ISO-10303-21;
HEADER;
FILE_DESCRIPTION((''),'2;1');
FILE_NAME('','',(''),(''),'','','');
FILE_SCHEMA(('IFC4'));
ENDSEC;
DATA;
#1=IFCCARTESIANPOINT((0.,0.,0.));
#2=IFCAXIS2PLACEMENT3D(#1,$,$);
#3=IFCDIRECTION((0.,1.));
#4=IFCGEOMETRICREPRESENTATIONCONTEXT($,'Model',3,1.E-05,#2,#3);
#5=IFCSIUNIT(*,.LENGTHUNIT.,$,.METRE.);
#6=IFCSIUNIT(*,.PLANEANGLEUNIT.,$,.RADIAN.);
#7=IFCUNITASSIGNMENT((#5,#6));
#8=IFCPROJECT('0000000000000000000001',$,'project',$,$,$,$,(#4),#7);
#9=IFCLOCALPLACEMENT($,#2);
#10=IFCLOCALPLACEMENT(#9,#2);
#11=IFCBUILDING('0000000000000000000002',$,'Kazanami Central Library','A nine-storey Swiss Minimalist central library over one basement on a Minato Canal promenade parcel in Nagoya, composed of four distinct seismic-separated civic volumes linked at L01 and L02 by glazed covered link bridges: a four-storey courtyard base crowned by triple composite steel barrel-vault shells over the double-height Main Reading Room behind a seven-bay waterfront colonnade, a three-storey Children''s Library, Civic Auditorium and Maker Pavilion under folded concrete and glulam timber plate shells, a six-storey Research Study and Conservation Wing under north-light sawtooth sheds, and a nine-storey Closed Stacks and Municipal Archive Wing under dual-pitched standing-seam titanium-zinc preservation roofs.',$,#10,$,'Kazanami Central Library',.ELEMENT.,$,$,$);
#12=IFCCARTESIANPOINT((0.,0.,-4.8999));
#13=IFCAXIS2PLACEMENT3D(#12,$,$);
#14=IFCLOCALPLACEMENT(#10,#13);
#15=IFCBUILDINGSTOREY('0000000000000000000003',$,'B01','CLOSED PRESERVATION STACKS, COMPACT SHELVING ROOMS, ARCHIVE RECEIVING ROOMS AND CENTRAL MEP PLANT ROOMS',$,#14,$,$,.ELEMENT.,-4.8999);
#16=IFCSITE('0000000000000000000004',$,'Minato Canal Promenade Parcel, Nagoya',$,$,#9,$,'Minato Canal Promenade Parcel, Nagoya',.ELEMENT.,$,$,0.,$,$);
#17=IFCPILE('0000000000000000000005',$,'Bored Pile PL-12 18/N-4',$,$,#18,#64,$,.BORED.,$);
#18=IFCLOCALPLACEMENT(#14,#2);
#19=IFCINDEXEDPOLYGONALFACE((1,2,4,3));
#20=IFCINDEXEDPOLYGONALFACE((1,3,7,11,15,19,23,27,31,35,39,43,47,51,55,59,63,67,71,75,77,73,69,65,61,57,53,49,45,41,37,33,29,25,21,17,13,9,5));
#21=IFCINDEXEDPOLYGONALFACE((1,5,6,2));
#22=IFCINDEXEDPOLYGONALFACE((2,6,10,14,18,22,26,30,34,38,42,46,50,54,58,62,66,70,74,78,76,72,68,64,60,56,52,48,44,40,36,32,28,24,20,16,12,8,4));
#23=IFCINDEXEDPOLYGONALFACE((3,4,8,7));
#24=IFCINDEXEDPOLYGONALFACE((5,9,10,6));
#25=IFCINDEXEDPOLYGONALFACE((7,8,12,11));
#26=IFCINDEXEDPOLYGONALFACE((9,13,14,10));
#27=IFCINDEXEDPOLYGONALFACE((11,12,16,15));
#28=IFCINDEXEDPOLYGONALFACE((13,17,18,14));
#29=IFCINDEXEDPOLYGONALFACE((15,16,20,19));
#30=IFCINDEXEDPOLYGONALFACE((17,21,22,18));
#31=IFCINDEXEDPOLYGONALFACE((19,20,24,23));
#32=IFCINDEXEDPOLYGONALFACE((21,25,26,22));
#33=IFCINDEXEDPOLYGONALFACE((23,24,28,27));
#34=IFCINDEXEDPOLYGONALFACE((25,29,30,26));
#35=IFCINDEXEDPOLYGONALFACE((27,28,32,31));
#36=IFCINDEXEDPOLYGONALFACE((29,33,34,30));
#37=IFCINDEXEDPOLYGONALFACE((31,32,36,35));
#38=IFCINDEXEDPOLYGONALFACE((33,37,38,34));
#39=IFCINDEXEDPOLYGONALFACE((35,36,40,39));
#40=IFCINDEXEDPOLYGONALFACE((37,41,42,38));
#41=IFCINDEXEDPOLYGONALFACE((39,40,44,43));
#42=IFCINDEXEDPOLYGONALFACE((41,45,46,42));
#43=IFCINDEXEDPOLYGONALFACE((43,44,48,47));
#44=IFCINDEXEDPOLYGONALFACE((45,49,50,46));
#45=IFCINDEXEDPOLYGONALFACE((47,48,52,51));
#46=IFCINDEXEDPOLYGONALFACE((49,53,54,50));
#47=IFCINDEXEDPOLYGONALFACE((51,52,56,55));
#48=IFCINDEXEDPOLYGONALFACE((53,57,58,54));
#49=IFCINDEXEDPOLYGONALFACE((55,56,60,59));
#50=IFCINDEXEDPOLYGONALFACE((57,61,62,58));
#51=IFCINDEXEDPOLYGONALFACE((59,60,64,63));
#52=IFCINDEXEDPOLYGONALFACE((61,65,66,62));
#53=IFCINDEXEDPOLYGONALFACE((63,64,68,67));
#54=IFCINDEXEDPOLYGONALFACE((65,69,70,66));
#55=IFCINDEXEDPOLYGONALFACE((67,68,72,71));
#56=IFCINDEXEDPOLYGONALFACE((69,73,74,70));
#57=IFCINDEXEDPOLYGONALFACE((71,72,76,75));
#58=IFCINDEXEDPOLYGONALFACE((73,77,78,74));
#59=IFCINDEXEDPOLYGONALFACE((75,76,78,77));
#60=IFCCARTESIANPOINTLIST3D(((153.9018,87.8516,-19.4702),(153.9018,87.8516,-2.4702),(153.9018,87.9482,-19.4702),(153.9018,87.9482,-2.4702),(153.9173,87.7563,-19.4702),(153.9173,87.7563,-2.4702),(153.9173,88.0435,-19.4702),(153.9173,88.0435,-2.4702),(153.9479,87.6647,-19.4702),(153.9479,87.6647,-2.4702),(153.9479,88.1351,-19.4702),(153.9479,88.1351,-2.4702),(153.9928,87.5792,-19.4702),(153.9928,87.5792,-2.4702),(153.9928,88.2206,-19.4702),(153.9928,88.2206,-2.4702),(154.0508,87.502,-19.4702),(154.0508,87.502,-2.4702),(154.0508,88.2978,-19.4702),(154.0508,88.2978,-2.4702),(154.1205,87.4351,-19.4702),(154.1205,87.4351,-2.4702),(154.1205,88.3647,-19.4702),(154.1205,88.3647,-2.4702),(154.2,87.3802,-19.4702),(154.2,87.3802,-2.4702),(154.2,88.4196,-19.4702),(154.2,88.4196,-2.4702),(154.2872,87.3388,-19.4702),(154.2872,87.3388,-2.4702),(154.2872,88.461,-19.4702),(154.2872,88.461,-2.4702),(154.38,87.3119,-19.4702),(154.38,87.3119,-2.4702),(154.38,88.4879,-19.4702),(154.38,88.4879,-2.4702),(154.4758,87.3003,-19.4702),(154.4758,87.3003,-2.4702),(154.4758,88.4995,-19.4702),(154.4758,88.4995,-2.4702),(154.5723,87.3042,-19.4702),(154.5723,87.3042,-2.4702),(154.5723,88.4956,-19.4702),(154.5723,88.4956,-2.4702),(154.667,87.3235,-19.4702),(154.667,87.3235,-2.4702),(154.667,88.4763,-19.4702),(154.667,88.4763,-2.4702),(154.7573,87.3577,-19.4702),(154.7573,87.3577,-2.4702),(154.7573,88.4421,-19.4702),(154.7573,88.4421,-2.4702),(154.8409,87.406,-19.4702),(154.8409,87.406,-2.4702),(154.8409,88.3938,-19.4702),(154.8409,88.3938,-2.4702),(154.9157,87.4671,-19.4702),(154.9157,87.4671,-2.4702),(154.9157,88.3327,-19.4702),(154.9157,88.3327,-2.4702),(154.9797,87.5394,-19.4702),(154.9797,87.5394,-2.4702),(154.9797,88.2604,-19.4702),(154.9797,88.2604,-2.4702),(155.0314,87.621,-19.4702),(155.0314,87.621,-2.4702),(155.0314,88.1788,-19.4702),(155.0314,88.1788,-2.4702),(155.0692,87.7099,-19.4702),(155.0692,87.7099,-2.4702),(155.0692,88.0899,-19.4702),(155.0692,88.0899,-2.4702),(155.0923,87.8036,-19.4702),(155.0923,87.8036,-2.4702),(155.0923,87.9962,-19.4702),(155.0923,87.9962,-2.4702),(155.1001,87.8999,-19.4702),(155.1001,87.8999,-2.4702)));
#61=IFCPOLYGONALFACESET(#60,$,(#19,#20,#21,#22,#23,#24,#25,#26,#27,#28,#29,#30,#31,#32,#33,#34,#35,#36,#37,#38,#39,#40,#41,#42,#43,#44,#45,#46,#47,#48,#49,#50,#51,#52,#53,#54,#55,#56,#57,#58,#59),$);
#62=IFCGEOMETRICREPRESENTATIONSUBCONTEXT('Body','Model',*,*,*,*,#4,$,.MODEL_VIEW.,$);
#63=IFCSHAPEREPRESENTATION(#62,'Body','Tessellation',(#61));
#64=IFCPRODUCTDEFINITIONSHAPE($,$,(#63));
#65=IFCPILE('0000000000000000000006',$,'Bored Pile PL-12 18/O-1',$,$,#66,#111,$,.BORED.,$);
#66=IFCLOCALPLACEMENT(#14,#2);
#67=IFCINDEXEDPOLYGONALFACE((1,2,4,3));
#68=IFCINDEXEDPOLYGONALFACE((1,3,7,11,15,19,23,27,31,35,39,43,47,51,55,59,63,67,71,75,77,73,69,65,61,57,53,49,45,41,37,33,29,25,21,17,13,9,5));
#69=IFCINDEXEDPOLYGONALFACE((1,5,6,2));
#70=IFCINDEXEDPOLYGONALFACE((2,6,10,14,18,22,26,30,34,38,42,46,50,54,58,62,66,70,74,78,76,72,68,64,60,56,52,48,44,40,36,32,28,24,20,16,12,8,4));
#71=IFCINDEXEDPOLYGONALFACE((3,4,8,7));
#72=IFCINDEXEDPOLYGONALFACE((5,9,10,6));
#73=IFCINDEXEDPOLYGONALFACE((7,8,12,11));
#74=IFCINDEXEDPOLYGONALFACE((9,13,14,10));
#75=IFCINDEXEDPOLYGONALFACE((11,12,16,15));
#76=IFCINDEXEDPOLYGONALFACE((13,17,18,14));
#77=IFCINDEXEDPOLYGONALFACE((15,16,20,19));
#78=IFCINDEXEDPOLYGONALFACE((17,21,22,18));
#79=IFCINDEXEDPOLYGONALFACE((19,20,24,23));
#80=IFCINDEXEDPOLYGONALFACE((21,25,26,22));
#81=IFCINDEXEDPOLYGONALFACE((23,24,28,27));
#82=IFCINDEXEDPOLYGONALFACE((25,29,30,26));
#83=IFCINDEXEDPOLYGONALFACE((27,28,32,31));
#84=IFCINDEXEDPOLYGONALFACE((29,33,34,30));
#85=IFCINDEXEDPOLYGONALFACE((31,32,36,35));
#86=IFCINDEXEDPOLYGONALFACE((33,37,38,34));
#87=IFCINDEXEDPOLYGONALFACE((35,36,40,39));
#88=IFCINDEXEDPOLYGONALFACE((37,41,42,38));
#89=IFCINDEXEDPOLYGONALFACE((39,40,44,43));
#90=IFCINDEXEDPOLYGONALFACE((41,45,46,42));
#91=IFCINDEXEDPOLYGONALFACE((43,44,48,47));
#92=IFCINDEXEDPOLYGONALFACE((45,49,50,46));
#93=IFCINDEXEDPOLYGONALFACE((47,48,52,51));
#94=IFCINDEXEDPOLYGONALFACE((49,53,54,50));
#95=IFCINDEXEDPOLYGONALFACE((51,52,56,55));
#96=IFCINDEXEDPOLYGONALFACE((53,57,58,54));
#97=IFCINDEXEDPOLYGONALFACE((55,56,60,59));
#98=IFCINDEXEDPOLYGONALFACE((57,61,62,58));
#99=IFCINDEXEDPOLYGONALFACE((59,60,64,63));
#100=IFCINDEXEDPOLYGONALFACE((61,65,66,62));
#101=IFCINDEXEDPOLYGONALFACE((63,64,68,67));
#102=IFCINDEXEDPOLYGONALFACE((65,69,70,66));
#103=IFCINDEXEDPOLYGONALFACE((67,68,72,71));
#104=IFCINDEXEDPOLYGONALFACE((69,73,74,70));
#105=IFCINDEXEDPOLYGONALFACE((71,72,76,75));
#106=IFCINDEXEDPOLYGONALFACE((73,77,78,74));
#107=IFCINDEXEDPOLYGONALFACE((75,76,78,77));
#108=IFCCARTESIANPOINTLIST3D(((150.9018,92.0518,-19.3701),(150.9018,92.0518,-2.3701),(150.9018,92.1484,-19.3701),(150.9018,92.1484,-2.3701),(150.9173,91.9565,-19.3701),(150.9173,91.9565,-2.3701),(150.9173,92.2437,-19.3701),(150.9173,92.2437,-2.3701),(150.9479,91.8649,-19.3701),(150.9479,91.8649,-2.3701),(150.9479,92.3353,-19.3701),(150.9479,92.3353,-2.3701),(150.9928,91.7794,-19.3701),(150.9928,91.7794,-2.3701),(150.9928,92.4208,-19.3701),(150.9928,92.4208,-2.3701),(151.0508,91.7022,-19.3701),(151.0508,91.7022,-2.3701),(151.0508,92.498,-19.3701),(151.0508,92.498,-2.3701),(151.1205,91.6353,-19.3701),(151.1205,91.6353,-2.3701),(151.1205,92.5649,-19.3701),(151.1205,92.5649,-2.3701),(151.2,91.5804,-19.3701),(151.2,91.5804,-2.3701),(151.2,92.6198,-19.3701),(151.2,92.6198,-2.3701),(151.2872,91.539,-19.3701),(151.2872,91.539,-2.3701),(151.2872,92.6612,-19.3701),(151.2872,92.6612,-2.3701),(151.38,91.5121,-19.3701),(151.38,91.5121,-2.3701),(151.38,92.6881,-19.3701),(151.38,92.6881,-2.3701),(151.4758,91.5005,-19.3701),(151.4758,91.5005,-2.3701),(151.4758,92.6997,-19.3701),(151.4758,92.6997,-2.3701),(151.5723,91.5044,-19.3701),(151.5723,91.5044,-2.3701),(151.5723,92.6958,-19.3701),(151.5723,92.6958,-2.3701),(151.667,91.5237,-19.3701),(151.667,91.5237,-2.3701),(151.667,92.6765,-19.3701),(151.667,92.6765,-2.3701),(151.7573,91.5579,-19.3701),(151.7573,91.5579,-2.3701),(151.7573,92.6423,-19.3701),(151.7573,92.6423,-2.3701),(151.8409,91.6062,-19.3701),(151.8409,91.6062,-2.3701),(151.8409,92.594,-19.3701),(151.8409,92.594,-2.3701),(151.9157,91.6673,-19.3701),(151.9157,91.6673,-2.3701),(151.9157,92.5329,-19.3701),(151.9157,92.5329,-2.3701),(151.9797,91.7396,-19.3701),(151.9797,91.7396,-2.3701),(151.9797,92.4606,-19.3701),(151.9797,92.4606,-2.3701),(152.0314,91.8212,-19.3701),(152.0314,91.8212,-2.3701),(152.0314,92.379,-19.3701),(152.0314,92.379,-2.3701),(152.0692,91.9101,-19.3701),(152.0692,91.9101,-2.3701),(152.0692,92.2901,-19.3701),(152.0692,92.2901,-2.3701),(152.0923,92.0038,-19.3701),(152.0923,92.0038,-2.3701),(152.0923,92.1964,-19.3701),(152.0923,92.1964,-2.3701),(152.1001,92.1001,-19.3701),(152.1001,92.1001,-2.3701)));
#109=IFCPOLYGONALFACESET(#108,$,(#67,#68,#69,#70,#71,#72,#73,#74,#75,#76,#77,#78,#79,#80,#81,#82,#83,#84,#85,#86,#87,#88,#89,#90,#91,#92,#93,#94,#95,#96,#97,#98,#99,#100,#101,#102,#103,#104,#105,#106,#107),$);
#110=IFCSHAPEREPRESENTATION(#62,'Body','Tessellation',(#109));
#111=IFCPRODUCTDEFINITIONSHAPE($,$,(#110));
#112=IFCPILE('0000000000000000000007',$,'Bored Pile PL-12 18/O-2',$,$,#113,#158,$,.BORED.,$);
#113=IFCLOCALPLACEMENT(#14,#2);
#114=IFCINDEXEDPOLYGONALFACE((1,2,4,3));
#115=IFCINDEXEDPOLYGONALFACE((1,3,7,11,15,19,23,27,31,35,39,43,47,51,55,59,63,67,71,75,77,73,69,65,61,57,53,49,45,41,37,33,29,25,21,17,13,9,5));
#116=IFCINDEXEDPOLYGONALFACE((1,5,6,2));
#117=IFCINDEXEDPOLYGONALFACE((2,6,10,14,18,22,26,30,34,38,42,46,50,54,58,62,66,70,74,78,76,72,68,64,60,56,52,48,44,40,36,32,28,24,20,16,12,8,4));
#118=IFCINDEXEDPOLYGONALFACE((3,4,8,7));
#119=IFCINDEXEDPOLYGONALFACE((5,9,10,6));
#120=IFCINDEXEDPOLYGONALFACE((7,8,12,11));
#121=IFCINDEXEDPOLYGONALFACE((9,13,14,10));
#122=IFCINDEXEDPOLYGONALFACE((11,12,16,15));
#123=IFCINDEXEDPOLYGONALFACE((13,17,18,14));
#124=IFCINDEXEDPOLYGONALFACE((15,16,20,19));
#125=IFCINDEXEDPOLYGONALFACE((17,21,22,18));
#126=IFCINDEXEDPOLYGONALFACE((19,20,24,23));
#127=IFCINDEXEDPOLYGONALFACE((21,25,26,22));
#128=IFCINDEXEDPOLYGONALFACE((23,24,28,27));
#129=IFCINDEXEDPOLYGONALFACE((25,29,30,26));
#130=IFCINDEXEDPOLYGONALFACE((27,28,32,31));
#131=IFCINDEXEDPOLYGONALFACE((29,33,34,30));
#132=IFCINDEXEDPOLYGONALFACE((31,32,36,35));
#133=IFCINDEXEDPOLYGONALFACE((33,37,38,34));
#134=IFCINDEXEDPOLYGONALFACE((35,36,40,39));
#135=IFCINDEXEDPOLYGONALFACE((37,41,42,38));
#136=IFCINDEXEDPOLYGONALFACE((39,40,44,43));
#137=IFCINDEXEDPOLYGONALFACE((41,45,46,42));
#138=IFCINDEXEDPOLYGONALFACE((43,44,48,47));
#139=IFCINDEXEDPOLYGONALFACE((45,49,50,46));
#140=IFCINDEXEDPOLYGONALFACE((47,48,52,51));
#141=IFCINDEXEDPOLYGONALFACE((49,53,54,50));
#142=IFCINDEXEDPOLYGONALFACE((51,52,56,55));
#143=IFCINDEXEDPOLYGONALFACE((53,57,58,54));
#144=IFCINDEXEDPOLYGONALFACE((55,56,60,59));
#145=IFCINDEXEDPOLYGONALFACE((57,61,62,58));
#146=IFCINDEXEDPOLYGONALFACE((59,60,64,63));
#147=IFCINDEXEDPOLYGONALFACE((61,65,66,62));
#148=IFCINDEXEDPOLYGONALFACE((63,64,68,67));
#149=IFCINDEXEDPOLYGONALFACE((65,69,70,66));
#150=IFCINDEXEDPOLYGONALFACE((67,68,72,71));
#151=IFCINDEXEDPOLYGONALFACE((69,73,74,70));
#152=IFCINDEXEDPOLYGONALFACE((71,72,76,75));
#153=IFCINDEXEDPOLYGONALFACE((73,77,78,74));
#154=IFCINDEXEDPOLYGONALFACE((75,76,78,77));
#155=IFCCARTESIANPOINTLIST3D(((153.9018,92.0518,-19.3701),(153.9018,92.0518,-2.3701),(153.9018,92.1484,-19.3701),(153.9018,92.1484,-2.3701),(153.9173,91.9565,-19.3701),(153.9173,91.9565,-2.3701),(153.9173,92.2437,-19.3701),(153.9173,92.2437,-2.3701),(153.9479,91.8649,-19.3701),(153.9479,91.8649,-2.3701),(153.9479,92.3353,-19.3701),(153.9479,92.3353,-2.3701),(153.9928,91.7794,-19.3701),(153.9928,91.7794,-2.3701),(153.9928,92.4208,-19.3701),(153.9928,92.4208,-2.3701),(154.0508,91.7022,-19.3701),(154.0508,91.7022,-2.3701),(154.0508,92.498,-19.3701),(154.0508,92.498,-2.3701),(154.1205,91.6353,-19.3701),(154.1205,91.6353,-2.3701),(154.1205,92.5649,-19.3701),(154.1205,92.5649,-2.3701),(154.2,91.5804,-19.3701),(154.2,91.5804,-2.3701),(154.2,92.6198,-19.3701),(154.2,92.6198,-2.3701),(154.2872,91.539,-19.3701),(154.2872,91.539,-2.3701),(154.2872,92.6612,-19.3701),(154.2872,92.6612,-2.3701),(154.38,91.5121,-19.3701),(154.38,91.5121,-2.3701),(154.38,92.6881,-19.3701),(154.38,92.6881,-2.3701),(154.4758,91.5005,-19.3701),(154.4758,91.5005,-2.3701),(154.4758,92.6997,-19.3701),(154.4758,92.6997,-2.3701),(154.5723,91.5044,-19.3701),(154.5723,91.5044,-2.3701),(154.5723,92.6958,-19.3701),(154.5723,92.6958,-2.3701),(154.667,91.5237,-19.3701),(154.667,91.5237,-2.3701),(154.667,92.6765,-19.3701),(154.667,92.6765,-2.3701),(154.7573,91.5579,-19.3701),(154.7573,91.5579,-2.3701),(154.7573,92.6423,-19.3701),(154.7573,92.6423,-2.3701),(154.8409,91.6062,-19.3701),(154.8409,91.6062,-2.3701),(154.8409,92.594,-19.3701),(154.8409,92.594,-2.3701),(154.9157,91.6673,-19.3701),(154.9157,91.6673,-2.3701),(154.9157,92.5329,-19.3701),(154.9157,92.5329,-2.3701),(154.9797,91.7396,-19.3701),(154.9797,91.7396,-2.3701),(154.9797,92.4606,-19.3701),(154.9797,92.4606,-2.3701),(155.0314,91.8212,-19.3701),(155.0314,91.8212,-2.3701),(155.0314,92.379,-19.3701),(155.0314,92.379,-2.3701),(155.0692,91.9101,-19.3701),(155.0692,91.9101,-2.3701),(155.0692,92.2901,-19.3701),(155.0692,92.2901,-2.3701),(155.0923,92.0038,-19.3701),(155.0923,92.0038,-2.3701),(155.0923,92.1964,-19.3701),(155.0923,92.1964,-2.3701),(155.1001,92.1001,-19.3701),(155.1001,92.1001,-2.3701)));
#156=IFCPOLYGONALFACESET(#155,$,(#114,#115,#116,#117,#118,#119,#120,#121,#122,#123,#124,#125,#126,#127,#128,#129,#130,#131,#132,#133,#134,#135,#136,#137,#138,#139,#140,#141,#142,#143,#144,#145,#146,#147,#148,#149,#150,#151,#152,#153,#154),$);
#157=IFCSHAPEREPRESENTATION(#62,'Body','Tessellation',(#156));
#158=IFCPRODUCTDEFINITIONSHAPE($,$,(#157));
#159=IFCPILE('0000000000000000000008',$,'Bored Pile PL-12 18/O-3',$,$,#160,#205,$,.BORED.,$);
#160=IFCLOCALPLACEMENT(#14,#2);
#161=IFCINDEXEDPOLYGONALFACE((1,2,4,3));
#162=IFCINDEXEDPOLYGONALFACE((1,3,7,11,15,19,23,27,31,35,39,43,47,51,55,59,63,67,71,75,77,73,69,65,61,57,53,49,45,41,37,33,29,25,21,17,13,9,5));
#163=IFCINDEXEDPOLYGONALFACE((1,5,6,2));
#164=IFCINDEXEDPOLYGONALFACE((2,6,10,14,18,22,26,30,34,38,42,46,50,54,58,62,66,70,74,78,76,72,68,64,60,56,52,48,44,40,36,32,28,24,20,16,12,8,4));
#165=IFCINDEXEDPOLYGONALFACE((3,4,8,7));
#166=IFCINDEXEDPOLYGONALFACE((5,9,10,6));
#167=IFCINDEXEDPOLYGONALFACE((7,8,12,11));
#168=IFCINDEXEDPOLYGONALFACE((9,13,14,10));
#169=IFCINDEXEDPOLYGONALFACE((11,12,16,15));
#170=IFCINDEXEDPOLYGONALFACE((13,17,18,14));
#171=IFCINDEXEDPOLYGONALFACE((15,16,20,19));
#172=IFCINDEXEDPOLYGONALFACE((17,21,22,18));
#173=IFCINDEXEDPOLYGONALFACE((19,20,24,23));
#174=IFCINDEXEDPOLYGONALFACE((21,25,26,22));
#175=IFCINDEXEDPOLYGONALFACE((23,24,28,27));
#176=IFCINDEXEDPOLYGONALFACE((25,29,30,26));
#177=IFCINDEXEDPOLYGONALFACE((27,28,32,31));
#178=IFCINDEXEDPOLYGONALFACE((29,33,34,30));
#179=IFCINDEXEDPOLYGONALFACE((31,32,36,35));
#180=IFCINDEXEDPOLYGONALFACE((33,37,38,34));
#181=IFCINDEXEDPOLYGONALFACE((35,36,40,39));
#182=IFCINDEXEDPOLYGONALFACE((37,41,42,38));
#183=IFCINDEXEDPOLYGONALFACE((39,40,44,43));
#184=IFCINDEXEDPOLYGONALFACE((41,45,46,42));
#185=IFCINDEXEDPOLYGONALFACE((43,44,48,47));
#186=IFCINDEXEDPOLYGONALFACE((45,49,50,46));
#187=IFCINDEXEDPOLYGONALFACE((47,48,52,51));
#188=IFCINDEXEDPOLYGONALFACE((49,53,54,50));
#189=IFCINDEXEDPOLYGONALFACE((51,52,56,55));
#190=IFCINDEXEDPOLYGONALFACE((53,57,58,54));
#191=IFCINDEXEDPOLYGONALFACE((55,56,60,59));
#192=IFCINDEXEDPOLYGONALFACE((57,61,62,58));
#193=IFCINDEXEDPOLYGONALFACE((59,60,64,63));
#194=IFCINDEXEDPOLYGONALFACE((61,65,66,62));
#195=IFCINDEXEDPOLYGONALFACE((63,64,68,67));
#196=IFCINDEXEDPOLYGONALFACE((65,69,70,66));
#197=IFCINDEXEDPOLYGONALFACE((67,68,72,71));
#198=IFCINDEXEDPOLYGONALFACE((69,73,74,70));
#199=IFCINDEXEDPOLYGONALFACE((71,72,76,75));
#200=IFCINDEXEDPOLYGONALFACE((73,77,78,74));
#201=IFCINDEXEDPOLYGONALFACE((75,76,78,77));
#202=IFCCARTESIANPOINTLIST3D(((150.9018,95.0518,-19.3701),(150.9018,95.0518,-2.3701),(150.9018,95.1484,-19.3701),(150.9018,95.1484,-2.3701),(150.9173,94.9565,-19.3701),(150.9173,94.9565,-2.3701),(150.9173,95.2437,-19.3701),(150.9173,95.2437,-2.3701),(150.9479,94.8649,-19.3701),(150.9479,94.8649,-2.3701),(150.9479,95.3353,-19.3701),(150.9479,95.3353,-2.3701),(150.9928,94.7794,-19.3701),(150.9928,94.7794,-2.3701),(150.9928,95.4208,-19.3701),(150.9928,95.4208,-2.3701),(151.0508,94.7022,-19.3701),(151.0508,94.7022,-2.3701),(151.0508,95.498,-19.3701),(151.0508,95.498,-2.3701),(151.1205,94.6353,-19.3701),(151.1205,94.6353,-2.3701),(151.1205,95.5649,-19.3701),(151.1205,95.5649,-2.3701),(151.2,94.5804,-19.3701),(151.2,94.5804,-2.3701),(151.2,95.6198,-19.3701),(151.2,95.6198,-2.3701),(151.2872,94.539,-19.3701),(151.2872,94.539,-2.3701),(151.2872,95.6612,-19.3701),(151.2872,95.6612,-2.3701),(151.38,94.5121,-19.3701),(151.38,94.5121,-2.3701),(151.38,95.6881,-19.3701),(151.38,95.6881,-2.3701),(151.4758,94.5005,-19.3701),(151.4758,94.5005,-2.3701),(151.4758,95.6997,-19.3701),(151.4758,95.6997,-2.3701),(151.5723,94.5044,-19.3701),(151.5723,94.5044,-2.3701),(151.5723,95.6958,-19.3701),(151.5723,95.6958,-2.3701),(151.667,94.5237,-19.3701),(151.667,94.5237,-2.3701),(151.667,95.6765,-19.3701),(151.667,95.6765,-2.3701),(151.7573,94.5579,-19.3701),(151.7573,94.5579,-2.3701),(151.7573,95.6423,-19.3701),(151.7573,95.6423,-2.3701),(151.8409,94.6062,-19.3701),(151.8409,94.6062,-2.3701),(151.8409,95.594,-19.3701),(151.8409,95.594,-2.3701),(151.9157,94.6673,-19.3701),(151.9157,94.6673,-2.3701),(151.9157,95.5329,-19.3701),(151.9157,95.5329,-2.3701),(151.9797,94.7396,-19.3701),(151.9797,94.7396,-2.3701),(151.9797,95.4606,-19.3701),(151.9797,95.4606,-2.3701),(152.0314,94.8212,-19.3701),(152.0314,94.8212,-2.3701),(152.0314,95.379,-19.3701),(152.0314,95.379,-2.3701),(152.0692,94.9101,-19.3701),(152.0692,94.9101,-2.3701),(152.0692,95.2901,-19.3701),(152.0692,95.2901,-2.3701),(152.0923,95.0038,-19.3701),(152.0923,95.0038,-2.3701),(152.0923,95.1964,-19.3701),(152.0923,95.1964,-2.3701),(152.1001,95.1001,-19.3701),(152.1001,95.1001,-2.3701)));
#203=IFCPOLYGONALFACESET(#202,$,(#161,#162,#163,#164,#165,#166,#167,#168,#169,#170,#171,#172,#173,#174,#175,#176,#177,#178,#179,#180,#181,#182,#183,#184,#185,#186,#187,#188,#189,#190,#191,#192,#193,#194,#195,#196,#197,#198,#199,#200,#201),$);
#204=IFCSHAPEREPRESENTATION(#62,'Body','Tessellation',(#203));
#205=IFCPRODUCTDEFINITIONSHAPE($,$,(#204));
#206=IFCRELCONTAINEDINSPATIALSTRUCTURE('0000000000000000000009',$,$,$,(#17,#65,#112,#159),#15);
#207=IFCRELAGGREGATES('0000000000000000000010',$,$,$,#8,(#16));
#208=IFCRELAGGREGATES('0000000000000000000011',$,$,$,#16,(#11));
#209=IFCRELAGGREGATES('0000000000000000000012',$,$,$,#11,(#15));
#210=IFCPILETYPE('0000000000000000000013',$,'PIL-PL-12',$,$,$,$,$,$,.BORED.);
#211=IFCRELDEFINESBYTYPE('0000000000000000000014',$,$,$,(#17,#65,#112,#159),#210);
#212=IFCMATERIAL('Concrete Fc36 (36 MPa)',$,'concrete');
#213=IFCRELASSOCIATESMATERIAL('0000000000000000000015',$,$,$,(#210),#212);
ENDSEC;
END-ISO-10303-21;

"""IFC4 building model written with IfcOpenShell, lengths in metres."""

from ifc_helpers import new_model, si_unit, direction, frame, origin, origin_2d, place, context, subcontext, project, spatial, circle, extrude, material, material_profile, profile_set, type_object, element, save


model = new_model("IFC4")

# Units and contexts
model_context = context("Model", 3, precision=1e-05, world=origin(), true_north=direction((0.0, 1.0)))
body_context = subcontext(model_context, "Body", "Model", "MODEL_VIEW")
ifc_project = project(units=[si_unit("LENGTHUNIT", "METRE"), si_unit("PLANEANGLEUNIT", "RADIAN")], contexts=[model_context])

# Site, building, storey
site_placement = place(None, origin())
site = spatial("IfcSite", under=ifc_project, at=site_placement, Name="Minato Canal Promenade Parcel, Nagoya", LongName="Minato Canal Promenade Parcel, Nagoya", CompositionType="ELEMENT", RefElevation=0.0)
building_placement = place(site_placement, origin())
building = spatial("IfcBuilding", under=site, at=building_placement, Name="Kazanami Central Library", Description="A nine-storey Swiss Minimalist central library over one basement on a Minato Canal promenade parcel in Nagoya, composed of four distinct seismic-separated civic volumes linked at L01 and L02 by glazed covered link bridges: a four-storey courtyard base crowned by triple composite steel barrel-vault shells over the double-height Main Reading Room behind a seven-bay waterfront colonnade, a three-storey Children's Library, Civic Auditorium and Maker Pavilion under folded concrete and glulam timber plate shells, a six-storey Research Study and Conservation Wing under north-light sawtooth sheds, and a nine-storey Closed Stacks and Municipal Archive Wing under dual-pitched standing-seam titanium-zinc preservation roofs.", LongName="Kazanami Central Library", CompositionType="ELEMENT")
storey_placement = place(building_placement, frame((0.0, 0.0, -4.8999)))
storey = spatial("IfcBuildingStorey", under=building, at=storey_placement, Name="B01", Description="CLOSED PRESERVATION STACKS, COMPACT SHELVING ROOMS, ARCHIVE RECEIVING ROOMS AND CENTRAL MEP PLANT ROOMS", CompositionType="ELEMENT", Elevation=-4.8999)

# Shared definitions
ifc_material_1 = material(Name="Concrete Fc36 (36 MPa)", Category="concrete")

# Piles
ifc_material_profile_1 = material_profile(ifc_material_1, circle(Radius=0.6001, at=origin_2d()), Name="BORED-D1200")
ifc_profile_set_1 = profile_set([ifc_material_profile_1], Name="Concrete Fc36 (36 MPa)")
pile_type = type_object("IfcPileType", Name="PIL-PL-12", PredefinedType="BORED", material=ifc_profile_set_1)
for number, where, z_axis, x_axis, name in (
    (1, (154.5, 87.8999, -2.4702), (0.0, 0.0, -1.0), (1.0, 0.0, 0.0), "Bored Pile PL-12 18/N-4"),
    (2, (151.5, 92.1001, -2.3701), (0.0, 0.0, -1.0), (1.0, 0.0, 0.0), "Bored Pile PL-12 18/O-1"),
    (3, (154.5, 92.1001, -2.3701), (0.0, 0.0, -1.0), (1.0, 0.0, 0.0), "Bored Pile PL-12 18/O-2"),
    (4, (151.5, 95.1001, -2.3701), (0.0, 0.0, -1.0), (1.0, 0.0, 0.0), "Bored Pile PL-12 18/O-3"),
):
    element("IfcPile", number, at=place(storey_placement, frame(where, z_axis=z_axis, x_axis=x_axis)), inside=storey, type_object=pile_type, Name=name, PredefinedType="BORED", context=body_context, shape_type="SweptSolid", body=[
        extrude(circle(Radius=0.6001, at=origin_2d()), origin(), (0.0, 0.0, 1.0), 17.0),
    ])

save(model, "model.ifc")
